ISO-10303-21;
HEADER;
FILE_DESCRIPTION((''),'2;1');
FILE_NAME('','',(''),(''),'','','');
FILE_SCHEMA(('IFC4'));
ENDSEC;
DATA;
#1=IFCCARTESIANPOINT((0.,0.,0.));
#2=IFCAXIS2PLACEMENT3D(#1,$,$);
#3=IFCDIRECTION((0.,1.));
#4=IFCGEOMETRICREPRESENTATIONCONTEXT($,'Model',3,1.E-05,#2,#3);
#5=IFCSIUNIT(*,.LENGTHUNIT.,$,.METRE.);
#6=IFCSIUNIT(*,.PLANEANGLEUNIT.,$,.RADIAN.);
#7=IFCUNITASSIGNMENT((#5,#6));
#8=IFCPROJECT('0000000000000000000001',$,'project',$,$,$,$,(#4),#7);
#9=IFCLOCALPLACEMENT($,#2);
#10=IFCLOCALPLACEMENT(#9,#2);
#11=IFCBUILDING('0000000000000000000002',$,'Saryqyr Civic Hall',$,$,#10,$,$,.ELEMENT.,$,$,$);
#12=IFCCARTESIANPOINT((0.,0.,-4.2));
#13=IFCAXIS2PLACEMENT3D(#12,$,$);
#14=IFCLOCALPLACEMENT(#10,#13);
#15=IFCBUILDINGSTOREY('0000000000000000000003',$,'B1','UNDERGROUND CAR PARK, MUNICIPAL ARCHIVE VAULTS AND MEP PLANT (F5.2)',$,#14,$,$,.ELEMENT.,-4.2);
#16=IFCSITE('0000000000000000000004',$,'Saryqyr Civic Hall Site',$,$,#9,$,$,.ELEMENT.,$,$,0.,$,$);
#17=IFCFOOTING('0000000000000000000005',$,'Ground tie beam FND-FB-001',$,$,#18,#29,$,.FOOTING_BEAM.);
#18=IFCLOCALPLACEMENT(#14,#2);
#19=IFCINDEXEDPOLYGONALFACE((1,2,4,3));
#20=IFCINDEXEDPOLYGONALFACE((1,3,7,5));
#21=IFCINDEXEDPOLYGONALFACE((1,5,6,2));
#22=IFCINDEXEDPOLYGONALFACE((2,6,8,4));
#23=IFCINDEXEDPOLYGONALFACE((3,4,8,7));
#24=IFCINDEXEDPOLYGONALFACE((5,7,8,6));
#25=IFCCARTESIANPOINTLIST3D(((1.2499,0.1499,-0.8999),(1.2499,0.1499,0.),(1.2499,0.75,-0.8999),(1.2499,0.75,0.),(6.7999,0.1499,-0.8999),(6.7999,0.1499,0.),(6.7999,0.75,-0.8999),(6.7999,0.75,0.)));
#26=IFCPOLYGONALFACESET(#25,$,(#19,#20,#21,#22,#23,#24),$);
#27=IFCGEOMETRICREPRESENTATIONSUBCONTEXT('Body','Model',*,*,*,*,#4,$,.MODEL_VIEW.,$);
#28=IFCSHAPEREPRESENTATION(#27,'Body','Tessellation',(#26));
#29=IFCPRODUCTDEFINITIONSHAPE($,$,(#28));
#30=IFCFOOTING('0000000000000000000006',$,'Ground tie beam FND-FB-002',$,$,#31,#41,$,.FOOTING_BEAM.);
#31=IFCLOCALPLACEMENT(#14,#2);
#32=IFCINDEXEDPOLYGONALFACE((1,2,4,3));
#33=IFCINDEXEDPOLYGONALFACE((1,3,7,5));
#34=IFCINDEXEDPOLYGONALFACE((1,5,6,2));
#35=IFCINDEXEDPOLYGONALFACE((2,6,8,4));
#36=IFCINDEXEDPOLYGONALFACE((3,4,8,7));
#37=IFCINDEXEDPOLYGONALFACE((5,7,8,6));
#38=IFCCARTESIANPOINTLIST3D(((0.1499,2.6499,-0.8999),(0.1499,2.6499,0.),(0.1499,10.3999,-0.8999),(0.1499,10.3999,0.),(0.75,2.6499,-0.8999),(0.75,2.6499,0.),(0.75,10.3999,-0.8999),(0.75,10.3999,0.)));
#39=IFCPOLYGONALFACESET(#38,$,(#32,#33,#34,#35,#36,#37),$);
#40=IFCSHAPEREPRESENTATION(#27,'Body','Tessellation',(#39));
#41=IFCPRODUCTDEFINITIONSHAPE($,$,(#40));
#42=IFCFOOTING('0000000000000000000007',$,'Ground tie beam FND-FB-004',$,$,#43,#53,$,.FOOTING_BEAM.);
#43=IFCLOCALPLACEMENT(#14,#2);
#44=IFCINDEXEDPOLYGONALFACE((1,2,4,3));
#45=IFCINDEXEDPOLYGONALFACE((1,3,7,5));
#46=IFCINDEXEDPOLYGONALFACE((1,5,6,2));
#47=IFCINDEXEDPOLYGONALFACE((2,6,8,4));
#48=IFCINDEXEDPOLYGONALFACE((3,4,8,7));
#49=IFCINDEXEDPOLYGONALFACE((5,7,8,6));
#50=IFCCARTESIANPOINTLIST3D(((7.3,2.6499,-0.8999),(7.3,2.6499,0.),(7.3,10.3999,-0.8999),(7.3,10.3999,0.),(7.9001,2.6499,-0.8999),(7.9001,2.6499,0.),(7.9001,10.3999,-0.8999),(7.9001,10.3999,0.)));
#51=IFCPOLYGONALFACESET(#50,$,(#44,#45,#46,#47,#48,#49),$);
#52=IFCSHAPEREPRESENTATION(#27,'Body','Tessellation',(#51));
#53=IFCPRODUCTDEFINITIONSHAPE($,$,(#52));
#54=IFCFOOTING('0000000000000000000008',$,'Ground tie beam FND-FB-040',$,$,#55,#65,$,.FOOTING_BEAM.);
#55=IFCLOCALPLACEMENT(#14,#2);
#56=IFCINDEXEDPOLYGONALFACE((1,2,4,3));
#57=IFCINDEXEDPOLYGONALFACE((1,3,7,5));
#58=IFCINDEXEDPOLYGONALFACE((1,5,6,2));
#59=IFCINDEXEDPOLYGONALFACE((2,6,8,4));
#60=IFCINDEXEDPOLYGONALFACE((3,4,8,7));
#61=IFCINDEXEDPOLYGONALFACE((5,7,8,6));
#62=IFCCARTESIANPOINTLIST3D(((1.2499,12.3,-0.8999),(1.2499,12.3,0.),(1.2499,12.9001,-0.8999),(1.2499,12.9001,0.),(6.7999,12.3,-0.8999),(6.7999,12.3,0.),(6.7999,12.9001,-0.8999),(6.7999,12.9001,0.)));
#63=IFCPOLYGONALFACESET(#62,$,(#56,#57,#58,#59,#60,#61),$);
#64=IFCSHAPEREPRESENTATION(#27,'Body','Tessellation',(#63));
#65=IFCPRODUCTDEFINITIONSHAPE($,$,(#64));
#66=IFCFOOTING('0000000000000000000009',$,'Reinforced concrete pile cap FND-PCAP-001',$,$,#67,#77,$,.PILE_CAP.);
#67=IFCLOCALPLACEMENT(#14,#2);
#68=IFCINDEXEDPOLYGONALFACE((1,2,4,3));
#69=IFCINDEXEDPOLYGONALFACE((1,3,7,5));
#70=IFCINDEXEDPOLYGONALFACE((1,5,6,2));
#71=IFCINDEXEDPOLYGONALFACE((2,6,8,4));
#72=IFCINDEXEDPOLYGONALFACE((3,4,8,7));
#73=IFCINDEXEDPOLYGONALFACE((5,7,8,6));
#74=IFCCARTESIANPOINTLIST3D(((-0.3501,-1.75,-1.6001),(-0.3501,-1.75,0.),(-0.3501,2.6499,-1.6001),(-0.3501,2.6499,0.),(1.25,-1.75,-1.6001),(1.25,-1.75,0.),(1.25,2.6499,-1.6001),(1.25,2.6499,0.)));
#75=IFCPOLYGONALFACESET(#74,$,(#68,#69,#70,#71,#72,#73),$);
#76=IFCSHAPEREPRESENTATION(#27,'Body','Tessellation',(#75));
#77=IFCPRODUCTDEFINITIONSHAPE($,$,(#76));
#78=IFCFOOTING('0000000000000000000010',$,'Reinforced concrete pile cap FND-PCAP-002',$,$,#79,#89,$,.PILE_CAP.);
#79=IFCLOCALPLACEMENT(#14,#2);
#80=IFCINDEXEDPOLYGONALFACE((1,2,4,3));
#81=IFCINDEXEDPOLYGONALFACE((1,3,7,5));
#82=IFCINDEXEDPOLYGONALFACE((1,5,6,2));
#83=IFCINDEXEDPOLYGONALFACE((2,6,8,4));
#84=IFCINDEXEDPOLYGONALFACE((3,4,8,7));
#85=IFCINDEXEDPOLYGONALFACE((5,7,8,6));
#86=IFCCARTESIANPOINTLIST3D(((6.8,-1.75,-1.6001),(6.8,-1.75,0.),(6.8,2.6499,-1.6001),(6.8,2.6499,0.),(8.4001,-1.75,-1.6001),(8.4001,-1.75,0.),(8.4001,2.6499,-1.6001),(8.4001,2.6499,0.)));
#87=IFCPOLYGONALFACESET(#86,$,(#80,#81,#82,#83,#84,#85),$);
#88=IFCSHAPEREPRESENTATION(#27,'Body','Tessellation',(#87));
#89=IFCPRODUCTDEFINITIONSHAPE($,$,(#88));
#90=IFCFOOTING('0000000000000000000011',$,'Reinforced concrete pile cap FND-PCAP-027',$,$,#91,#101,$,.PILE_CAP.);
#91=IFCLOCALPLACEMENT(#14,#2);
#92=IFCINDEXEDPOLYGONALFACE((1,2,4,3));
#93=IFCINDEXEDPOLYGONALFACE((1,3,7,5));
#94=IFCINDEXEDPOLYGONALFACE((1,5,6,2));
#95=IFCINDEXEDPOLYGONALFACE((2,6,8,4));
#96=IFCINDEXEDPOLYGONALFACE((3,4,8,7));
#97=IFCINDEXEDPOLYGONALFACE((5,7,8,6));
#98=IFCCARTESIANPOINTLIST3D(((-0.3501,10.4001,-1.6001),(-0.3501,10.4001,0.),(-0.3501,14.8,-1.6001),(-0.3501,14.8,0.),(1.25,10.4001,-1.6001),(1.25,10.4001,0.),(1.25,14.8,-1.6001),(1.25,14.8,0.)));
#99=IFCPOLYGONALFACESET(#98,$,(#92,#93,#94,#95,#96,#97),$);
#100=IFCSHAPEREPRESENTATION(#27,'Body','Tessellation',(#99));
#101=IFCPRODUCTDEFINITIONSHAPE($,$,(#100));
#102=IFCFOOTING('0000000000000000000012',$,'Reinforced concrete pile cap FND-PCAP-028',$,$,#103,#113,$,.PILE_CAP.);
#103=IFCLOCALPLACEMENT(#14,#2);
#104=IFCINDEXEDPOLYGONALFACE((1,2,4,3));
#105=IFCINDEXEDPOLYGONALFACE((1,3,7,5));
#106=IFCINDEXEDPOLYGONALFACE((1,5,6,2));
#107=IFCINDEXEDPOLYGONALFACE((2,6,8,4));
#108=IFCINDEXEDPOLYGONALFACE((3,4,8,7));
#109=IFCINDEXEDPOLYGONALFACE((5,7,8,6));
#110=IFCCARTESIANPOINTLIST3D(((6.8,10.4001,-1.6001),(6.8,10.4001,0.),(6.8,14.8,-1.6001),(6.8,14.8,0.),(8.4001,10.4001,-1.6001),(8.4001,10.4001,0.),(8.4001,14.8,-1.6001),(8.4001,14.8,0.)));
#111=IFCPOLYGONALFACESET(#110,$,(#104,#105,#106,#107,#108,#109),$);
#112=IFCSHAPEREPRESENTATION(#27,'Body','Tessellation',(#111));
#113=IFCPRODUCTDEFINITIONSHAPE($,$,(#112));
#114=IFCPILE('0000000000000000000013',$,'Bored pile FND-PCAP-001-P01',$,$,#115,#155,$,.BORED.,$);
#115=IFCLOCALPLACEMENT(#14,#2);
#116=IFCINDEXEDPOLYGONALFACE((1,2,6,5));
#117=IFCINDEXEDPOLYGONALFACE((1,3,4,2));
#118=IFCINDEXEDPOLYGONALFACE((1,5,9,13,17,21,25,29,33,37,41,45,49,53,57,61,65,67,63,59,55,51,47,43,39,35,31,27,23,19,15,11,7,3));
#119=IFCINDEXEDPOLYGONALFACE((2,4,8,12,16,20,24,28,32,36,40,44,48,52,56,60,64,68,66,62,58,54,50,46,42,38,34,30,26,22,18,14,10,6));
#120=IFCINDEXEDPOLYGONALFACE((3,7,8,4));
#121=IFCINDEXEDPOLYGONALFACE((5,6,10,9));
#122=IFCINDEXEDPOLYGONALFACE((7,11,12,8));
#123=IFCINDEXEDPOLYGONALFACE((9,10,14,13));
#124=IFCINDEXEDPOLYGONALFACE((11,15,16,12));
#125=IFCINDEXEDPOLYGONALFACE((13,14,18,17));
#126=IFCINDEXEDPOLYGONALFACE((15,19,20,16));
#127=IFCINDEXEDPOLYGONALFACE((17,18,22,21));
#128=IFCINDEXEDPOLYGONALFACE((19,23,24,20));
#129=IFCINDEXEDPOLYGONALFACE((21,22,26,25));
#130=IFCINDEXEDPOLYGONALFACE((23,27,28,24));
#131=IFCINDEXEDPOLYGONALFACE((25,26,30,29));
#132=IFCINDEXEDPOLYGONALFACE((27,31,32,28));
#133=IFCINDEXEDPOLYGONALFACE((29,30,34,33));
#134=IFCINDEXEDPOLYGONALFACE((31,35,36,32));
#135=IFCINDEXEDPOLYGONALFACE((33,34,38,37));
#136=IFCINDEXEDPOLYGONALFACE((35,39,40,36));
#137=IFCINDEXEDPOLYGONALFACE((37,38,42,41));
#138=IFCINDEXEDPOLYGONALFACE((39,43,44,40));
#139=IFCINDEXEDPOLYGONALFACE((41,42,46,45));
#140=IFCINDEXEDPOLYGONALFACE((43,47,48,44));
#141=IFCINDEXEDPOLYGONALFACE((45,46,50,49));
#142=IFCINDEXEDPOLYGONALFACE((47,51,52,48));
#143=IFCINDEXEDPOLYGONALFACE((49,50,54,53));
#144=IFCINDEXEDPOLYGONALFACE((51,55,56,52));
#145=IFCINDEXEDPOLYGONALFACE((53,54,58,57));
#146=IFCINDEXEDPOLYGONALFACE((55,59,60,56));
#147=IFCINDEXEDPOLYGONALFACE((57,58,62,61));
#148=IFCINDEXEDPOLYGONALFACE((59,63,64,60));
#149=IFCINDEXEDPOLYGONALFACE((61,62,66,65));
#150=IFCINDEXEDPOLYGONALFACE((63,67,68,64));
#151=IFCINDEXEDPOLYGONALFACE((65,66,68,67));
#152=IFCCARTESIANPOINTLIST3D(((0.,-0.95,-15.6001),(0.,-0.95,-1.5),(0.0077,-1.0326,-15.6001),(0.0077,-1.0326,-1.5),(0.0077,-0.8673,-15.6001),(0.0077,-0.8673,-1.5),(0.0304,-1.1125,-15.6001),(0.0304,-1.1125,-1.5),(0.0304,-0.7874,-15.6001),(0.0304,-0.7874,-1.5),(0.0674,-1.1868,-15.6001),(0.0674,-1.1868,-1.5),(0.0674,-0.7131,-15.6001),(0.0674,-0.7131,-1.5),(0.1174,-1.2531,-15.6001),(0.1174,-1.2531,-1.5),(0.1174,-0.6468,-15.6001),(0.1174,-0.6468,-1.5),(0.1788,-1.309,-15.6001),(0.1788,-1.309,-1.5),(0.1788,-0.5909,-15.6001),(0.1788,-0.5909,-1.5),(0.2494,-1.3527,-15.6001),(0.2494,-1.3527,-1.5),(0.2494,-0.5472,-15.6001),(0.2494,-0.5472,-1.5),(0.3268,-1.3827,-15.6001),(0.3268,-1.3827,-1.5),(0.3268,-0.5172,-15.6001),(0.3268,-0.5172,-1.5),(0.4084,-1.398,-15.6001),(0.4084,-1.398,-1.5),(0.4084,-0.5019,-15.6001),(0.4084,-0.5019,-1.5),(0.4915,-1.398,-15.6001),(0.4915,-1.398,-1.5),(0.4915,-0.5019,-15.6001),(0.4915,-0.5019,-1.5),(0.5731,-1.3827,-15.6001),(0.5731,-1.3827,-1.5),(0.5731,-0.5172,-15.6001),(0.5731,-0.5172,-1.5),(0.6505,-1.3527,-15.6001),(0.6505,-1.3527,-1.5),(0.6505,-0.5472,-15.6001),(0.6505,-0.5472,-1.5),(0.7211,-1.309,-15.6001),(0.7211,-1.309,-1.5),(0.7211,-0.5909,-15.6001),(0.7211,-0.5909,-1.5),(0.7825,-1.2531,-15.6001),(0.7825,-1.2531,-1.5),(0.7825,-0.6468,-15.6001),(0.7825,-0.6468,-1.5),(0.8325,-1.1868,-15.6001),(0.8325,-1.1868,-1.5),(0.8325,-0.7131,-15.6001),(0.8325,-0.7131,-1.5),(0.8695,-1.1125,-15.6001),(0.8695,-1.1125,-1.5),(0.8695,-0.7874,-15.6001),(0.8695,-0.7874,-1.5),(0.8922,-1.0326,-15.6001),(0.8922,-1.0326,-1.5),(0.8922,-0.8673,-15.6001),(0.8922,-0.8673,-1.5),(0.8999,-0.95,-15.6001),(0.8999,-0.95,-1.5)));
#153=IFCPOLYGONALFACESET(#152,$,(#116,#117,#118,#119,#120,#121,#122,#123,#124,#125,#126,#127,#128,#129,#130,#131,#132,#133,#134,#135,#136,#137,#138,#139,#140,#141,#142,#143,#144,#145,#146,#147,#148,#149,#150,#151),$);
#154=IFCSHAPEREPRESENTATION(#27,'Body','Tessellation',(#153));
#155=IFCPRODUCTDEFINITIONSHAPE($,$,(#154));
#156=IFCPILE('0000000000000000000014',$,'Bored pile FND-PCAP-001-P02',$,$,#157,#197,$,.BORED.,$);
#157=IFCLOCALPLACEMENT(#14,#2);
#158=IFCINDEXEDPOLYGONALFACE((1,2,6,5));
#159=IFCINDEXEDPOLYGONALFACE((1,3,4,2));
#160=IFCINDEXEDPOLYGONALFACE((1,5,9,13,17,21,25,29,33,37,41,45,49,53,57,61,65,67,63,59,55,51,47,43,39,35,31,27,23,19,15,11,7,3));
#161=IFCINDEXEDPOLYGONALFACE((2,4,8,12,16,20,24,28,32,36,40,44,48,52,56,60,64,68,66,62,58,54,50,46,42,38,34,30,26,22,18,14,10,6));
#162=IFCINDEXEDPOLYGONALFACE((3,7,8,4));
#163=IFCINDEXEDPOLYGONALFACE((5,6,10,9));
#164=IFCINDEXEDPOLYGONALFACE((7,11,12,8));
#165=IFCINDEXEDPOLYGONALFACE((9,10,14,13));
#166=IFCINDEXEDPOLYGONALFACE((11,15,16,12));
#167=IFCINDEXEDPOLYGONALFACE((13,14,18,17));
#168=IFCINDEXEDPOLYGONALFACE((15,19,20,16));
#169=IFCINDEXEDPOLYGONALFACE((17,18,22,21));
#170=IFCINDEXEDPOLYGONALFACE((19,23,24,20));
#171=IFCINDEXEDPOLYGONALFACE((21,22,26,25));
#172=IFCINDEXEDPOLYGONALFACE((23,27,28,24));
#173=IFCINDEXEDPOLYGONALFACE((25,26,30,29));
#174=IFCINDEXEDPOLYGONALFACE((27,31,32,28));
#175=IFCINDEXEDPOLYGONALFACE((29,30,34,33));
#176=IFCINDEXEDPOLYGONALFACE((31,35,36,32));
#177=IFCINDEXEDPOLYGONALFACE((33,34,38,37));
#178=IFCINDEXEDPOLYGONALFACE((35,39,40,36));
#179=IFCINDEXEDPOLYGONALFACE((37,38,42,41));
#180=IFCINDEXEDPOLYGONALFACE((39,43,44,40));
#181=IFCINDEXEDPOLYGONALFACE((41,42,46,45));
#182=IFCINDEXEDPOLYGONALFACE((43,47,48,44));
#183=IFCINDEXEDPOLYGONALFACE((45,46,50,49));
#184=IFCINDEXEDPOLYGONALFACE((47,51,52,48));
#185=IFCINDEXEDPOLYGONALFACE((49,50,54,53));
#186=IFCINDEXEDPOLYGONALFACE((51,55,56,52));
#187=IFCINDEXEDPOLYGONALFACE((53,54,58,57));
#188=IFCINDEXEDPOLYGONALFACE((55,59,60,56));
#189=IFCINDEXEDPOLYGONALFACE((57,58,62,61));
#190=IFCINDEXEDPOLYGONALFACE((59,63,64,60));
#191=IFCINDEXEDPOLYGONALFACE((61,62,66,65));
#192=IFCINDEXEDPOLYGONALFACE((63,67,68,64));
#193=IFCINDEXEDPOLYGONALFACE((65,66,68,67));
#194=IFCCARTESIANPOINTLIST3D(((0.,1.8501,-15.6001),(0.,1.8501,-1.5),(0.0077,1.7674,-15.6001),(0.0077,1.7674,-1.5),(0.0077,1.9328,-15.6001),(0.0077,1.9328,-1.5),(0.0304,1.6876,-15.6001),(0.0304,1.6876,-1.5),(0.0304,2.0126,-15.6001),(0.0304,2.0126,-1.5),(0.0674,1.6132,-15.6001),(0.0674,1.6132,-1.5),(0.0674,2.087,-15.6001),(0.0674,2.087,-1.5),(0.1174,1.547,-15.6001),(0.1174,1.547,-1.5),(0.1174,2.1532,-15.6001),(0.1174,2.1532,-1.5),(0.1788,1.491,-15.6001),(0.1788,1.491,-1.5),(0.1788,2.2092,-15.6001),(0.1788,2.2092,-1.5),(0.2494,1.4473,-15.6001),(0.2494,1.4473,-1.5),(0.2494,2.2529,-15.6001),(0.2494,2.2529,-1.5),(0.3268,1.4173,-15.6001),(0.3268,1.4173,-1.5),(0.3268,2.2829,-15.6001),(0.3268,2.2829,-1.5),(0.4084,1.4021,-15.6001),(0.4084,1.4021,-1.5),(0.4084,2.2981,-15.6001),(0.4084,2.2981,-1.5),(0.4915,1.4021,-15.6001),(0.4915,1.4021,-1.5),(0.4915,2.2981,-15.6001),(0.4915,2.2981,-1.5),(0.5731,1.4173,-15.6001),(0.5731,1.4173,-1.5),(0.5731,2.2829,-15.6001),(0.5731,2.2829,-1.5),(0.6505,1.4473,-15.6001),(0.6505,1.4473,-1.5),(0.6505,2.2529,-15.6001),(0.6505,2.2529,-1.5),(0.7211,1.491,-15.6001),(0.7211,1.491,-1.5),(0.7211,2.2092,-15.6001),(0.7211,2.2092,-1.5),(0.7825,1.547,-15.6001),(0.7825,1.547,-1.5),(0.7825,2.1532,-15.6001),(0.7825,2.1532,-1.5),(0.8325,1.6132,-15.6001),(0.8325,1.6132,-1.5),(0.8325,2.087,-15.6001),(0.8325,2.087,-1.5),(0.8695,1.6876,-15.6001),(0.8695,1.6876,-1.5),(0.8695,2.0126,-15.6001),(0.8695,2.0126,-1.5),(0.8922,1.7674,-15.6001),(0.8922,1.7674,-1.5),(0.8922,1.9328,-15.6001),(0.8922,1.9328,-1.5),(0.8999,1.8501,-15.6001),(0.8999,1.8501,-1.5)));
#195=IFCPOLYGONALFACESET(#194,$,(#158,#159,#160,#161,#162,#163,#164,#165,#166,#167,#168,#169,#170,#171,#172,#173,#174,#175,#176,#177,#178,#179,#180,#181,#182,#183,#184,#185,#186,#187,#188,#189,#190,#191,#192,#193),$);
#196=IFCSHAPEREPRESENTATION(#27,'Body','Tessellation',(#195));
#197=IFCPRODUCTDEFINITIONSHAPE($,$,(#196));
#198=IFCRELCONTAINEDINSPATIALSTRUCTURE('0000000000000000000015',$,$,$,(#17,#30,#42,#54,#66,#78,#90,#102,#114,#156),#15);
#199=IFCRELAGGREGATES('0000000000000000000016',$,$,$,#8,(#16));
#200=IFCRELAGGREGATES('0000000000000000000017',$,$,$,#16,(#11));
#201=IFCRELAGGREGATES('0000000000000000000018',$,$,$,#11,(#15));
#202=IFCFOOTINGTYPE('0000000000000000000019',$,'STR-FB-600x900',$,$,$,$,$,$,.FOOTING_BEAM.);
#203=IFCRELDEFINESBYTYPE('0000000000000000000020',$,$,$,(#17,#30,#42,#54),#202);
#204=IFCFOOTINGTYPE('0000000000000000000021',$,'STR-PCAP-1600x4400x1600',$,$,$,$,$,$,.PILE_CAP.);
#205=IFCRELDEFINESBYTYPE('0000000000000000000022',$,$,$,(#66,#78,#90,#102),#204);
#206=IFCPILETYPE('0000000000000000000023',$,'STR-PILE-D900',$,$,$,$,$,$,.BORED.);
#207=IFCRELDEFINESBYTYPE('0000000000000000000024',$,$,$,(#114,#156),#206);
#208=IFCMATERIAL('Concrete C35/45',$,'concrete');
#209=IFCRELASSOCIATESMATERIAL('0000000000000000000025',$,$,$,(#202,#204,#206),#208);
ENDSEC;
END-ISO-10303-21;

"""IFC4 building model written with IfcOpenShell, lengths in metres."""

from ifc_helpers import new_model, si_unit, direction, frame, origin, origin_2d, place, context, subcontext, project, spatial, rectangle, circle, extrude, material, material_profile, profile_set, type_object, element, save


model = new_model("IFC4")

# Units and contexts
model_context = context("Model", 3, precision=1e-05, world=origin(), true_north=direction((0.0, 1.0)))
body_context = subcontext(model_context, "Body", "Model", "MODEL_VIEW")
ifc_project = project(units=[si_unit("LENGTHUNIT", "METRE"), si_unit("PLANEANGLEUNIT", "RADIAN")], contexts=[model_context])

# Site, building, storey
site_placement = place(None, origin())
site = spatial("IfcSite", under=ifc_project, at=site_placement, Name="Saryqyr Civic Hall Site", CompositionType="ELEMENT", RefElevation=0.0)
building_placement = place(site_placement, origin())
building = spatial("IfcBuilding", under=site, at=building_placement, Name="Saryqyr Civic Hall", CompositionType="ELEMENT")
storey_placement = place(building_placement, frame((0.0, 0.0, -4.2)))
storey = spatial("IfcBuildingStorey", under=building, at=storey_placement, Name="B1", Description="UNDERGROUND CAR PARK, MUNICIPAL ARCHIVE VAULTS AND MEP PLANT (F5.2)", CompositionType="ELEMENT", Elevation=-4.2)

# Footings
ifc_material_1 = material(Name="Concrete C35/45", Category="concrete")
footing_type_1 = type_object("IfcFootingType", Name="STR-FB-600x900", PredefinedType="FOOTING_BEAM", material=ifc_material_1)
footing_1_placement = place(storey_placement, frame((4.0249, 0.45, -0.8999), z_axis=(0.0, 0.0, 1.0), x_axis=(1.0, 0.0, 0.0)))
element("IfcFooting", 1, at=footing_1_placement, inside=storey, type_object=footing_type_1, Name="Ground tie beam FND-FB-001", PredefinedType="FOOTING_BEAM", context=body_context, shape_type="SweptSolid", body=[
    extrude(rectangle(XDim=5.55, YDim=0.6001, at=origin_2d()), origin(), (0.0, 0.0, 1.0), 0.8999),
])
for number, where, z_axis, x_axis, name in (
    (2, (0.45, 6.5249, -0.8999), (0.0, 0.0, 1.0), (1.0, 0.0, 0.0), "Ground tie beam FND-FB-002"),
    (3, (7.6001, 6.5249, -0.8999), (0.0, 0.0, 1.0), (1.0, 0.0, 0.0), "Ground tie beam FND-FB-004"),
):
    element("IfcFooting", number, at=place(storey_placement, frame(where, z_axis=z_axis, x_axis=x_axis)), inside=storey, type_object=footing_type_1, Name=name, PredefinedType="FOOTING_BEAM", context=body_context, shape_type="SweptSolid", body=[
        extrude(rectangle(XDim=0.6001, YDim=7.75, at=origin_2d()), origin(), (0.0, 0.0, 1.0), 0.8999),
    ])
footing_2_placement = place(storey_placement, frame((4.0249, 12.6001, -0.8999), z_axis=(0.0, 0.0, 1.0), x_axis=(1.0, 0.0, 0.0)))
element("IfcFooting", 4, at=footing_2_placement, inside=storey, type_object=footing_type_1, Name="Ground tie beam FND-FB-040", PredefinedType="FOOTING_BEAM", context=body_context, shape_type="SweptSolid", body=[
    extrude(rectangle(XDim=5.55, YDim=0.6001, at=origin_2d()), origin(), (0.0, 0.0, 1.0), 0.8999),
])
footing_type_2 = type_object("IfcFootingType", Name="STR-PCAP-1600x4400x1600", PredefinedType="PILE_CAP", material=ifc_material_1)
for number, where, z_axis, x_axis, name in (
    (5, (0.45, 0.45, -1.6001), (0.0, 0.0, 1.0), (1.0, 0.0, 0.0), "Reinforced concrete pile cap FND-PCAP-001"),
    (6, (7.6001, 0.45, -1.6001), (0.0, 0.0, 1.0), (1.0, 0.0, 0.0), "Reinforced concrete pile cap FND-PCAP-002"),
    (7, (0.45, 12.6001, -1.6001), (0.0, 0.0, 1.0), (1.0, 0.0, 0.0), "Reinforced concrete pile cap FND-PCAP-027"),
    (8, (7.6001, 12.6001, -1.6001), (0.0, 0.0, 1.0), (1.0, 0.0, 0.0), "Reinforced concrete pile cap FND-PCAP-028"),
):
    element("IfcFooting", number, at=place(storey_placement, frame(where, z_axis=z_axis, x_axis=x_axis)), inside=storey, type_object=footing_type_2, Name=name, PredefinedType="PILE_CAP", context=body_context, shape_type="SweptSolid", body=[
        extrude(rectangle(XDim=1.6001, YDim=4.3999, at=origin_2d()), origin(), (0.0, 0.0, 1.0), 1.6001),
    ])

# Piles
ifc_material_profile_1 = material_profile(ifc_material_1, circle(Radius=0.45, at=origin_2d()), Name="BORED PILE D900")
ifc_profile_set_1 = profile_set([ifc_material_profile_1], Name="Concrete C35/45")
pile_type = type_object("IfcPileType", Name="STR-PILE-D900", PredefinedType="BORED", material=ifc_profile_set_1)
for number, where, z_axis, x_axis, name in (
    (9, (0.45, -0.95, -1.5), (0.0, 0.0, -1.0), (1.0, 0.0, 0.0), "Bored pile FND-PCAP-001-P01"),
    (10, (0.45, 1.8501, -1.5), (0.0, 0.0, -1.0), (1.0, 0.0, 0.0), "Bored pile FND-PCAP-001-P02"),
):
    element("IfcPile", number, at=place(storey_placement, frame(where, z_axis=z_axis, x_axis=x_axis)), inside=storey, type_object=pile_type, Name=name, PredefinedType="BORED", context=body_context, shape_type="SweptSolid", body=[
        extrude(circle(Radius=0.45, at=origin_2d()), origin(), (0.0, 0.0, 1.0), 14.1001),
    ])

save(model, "model.ifc")
